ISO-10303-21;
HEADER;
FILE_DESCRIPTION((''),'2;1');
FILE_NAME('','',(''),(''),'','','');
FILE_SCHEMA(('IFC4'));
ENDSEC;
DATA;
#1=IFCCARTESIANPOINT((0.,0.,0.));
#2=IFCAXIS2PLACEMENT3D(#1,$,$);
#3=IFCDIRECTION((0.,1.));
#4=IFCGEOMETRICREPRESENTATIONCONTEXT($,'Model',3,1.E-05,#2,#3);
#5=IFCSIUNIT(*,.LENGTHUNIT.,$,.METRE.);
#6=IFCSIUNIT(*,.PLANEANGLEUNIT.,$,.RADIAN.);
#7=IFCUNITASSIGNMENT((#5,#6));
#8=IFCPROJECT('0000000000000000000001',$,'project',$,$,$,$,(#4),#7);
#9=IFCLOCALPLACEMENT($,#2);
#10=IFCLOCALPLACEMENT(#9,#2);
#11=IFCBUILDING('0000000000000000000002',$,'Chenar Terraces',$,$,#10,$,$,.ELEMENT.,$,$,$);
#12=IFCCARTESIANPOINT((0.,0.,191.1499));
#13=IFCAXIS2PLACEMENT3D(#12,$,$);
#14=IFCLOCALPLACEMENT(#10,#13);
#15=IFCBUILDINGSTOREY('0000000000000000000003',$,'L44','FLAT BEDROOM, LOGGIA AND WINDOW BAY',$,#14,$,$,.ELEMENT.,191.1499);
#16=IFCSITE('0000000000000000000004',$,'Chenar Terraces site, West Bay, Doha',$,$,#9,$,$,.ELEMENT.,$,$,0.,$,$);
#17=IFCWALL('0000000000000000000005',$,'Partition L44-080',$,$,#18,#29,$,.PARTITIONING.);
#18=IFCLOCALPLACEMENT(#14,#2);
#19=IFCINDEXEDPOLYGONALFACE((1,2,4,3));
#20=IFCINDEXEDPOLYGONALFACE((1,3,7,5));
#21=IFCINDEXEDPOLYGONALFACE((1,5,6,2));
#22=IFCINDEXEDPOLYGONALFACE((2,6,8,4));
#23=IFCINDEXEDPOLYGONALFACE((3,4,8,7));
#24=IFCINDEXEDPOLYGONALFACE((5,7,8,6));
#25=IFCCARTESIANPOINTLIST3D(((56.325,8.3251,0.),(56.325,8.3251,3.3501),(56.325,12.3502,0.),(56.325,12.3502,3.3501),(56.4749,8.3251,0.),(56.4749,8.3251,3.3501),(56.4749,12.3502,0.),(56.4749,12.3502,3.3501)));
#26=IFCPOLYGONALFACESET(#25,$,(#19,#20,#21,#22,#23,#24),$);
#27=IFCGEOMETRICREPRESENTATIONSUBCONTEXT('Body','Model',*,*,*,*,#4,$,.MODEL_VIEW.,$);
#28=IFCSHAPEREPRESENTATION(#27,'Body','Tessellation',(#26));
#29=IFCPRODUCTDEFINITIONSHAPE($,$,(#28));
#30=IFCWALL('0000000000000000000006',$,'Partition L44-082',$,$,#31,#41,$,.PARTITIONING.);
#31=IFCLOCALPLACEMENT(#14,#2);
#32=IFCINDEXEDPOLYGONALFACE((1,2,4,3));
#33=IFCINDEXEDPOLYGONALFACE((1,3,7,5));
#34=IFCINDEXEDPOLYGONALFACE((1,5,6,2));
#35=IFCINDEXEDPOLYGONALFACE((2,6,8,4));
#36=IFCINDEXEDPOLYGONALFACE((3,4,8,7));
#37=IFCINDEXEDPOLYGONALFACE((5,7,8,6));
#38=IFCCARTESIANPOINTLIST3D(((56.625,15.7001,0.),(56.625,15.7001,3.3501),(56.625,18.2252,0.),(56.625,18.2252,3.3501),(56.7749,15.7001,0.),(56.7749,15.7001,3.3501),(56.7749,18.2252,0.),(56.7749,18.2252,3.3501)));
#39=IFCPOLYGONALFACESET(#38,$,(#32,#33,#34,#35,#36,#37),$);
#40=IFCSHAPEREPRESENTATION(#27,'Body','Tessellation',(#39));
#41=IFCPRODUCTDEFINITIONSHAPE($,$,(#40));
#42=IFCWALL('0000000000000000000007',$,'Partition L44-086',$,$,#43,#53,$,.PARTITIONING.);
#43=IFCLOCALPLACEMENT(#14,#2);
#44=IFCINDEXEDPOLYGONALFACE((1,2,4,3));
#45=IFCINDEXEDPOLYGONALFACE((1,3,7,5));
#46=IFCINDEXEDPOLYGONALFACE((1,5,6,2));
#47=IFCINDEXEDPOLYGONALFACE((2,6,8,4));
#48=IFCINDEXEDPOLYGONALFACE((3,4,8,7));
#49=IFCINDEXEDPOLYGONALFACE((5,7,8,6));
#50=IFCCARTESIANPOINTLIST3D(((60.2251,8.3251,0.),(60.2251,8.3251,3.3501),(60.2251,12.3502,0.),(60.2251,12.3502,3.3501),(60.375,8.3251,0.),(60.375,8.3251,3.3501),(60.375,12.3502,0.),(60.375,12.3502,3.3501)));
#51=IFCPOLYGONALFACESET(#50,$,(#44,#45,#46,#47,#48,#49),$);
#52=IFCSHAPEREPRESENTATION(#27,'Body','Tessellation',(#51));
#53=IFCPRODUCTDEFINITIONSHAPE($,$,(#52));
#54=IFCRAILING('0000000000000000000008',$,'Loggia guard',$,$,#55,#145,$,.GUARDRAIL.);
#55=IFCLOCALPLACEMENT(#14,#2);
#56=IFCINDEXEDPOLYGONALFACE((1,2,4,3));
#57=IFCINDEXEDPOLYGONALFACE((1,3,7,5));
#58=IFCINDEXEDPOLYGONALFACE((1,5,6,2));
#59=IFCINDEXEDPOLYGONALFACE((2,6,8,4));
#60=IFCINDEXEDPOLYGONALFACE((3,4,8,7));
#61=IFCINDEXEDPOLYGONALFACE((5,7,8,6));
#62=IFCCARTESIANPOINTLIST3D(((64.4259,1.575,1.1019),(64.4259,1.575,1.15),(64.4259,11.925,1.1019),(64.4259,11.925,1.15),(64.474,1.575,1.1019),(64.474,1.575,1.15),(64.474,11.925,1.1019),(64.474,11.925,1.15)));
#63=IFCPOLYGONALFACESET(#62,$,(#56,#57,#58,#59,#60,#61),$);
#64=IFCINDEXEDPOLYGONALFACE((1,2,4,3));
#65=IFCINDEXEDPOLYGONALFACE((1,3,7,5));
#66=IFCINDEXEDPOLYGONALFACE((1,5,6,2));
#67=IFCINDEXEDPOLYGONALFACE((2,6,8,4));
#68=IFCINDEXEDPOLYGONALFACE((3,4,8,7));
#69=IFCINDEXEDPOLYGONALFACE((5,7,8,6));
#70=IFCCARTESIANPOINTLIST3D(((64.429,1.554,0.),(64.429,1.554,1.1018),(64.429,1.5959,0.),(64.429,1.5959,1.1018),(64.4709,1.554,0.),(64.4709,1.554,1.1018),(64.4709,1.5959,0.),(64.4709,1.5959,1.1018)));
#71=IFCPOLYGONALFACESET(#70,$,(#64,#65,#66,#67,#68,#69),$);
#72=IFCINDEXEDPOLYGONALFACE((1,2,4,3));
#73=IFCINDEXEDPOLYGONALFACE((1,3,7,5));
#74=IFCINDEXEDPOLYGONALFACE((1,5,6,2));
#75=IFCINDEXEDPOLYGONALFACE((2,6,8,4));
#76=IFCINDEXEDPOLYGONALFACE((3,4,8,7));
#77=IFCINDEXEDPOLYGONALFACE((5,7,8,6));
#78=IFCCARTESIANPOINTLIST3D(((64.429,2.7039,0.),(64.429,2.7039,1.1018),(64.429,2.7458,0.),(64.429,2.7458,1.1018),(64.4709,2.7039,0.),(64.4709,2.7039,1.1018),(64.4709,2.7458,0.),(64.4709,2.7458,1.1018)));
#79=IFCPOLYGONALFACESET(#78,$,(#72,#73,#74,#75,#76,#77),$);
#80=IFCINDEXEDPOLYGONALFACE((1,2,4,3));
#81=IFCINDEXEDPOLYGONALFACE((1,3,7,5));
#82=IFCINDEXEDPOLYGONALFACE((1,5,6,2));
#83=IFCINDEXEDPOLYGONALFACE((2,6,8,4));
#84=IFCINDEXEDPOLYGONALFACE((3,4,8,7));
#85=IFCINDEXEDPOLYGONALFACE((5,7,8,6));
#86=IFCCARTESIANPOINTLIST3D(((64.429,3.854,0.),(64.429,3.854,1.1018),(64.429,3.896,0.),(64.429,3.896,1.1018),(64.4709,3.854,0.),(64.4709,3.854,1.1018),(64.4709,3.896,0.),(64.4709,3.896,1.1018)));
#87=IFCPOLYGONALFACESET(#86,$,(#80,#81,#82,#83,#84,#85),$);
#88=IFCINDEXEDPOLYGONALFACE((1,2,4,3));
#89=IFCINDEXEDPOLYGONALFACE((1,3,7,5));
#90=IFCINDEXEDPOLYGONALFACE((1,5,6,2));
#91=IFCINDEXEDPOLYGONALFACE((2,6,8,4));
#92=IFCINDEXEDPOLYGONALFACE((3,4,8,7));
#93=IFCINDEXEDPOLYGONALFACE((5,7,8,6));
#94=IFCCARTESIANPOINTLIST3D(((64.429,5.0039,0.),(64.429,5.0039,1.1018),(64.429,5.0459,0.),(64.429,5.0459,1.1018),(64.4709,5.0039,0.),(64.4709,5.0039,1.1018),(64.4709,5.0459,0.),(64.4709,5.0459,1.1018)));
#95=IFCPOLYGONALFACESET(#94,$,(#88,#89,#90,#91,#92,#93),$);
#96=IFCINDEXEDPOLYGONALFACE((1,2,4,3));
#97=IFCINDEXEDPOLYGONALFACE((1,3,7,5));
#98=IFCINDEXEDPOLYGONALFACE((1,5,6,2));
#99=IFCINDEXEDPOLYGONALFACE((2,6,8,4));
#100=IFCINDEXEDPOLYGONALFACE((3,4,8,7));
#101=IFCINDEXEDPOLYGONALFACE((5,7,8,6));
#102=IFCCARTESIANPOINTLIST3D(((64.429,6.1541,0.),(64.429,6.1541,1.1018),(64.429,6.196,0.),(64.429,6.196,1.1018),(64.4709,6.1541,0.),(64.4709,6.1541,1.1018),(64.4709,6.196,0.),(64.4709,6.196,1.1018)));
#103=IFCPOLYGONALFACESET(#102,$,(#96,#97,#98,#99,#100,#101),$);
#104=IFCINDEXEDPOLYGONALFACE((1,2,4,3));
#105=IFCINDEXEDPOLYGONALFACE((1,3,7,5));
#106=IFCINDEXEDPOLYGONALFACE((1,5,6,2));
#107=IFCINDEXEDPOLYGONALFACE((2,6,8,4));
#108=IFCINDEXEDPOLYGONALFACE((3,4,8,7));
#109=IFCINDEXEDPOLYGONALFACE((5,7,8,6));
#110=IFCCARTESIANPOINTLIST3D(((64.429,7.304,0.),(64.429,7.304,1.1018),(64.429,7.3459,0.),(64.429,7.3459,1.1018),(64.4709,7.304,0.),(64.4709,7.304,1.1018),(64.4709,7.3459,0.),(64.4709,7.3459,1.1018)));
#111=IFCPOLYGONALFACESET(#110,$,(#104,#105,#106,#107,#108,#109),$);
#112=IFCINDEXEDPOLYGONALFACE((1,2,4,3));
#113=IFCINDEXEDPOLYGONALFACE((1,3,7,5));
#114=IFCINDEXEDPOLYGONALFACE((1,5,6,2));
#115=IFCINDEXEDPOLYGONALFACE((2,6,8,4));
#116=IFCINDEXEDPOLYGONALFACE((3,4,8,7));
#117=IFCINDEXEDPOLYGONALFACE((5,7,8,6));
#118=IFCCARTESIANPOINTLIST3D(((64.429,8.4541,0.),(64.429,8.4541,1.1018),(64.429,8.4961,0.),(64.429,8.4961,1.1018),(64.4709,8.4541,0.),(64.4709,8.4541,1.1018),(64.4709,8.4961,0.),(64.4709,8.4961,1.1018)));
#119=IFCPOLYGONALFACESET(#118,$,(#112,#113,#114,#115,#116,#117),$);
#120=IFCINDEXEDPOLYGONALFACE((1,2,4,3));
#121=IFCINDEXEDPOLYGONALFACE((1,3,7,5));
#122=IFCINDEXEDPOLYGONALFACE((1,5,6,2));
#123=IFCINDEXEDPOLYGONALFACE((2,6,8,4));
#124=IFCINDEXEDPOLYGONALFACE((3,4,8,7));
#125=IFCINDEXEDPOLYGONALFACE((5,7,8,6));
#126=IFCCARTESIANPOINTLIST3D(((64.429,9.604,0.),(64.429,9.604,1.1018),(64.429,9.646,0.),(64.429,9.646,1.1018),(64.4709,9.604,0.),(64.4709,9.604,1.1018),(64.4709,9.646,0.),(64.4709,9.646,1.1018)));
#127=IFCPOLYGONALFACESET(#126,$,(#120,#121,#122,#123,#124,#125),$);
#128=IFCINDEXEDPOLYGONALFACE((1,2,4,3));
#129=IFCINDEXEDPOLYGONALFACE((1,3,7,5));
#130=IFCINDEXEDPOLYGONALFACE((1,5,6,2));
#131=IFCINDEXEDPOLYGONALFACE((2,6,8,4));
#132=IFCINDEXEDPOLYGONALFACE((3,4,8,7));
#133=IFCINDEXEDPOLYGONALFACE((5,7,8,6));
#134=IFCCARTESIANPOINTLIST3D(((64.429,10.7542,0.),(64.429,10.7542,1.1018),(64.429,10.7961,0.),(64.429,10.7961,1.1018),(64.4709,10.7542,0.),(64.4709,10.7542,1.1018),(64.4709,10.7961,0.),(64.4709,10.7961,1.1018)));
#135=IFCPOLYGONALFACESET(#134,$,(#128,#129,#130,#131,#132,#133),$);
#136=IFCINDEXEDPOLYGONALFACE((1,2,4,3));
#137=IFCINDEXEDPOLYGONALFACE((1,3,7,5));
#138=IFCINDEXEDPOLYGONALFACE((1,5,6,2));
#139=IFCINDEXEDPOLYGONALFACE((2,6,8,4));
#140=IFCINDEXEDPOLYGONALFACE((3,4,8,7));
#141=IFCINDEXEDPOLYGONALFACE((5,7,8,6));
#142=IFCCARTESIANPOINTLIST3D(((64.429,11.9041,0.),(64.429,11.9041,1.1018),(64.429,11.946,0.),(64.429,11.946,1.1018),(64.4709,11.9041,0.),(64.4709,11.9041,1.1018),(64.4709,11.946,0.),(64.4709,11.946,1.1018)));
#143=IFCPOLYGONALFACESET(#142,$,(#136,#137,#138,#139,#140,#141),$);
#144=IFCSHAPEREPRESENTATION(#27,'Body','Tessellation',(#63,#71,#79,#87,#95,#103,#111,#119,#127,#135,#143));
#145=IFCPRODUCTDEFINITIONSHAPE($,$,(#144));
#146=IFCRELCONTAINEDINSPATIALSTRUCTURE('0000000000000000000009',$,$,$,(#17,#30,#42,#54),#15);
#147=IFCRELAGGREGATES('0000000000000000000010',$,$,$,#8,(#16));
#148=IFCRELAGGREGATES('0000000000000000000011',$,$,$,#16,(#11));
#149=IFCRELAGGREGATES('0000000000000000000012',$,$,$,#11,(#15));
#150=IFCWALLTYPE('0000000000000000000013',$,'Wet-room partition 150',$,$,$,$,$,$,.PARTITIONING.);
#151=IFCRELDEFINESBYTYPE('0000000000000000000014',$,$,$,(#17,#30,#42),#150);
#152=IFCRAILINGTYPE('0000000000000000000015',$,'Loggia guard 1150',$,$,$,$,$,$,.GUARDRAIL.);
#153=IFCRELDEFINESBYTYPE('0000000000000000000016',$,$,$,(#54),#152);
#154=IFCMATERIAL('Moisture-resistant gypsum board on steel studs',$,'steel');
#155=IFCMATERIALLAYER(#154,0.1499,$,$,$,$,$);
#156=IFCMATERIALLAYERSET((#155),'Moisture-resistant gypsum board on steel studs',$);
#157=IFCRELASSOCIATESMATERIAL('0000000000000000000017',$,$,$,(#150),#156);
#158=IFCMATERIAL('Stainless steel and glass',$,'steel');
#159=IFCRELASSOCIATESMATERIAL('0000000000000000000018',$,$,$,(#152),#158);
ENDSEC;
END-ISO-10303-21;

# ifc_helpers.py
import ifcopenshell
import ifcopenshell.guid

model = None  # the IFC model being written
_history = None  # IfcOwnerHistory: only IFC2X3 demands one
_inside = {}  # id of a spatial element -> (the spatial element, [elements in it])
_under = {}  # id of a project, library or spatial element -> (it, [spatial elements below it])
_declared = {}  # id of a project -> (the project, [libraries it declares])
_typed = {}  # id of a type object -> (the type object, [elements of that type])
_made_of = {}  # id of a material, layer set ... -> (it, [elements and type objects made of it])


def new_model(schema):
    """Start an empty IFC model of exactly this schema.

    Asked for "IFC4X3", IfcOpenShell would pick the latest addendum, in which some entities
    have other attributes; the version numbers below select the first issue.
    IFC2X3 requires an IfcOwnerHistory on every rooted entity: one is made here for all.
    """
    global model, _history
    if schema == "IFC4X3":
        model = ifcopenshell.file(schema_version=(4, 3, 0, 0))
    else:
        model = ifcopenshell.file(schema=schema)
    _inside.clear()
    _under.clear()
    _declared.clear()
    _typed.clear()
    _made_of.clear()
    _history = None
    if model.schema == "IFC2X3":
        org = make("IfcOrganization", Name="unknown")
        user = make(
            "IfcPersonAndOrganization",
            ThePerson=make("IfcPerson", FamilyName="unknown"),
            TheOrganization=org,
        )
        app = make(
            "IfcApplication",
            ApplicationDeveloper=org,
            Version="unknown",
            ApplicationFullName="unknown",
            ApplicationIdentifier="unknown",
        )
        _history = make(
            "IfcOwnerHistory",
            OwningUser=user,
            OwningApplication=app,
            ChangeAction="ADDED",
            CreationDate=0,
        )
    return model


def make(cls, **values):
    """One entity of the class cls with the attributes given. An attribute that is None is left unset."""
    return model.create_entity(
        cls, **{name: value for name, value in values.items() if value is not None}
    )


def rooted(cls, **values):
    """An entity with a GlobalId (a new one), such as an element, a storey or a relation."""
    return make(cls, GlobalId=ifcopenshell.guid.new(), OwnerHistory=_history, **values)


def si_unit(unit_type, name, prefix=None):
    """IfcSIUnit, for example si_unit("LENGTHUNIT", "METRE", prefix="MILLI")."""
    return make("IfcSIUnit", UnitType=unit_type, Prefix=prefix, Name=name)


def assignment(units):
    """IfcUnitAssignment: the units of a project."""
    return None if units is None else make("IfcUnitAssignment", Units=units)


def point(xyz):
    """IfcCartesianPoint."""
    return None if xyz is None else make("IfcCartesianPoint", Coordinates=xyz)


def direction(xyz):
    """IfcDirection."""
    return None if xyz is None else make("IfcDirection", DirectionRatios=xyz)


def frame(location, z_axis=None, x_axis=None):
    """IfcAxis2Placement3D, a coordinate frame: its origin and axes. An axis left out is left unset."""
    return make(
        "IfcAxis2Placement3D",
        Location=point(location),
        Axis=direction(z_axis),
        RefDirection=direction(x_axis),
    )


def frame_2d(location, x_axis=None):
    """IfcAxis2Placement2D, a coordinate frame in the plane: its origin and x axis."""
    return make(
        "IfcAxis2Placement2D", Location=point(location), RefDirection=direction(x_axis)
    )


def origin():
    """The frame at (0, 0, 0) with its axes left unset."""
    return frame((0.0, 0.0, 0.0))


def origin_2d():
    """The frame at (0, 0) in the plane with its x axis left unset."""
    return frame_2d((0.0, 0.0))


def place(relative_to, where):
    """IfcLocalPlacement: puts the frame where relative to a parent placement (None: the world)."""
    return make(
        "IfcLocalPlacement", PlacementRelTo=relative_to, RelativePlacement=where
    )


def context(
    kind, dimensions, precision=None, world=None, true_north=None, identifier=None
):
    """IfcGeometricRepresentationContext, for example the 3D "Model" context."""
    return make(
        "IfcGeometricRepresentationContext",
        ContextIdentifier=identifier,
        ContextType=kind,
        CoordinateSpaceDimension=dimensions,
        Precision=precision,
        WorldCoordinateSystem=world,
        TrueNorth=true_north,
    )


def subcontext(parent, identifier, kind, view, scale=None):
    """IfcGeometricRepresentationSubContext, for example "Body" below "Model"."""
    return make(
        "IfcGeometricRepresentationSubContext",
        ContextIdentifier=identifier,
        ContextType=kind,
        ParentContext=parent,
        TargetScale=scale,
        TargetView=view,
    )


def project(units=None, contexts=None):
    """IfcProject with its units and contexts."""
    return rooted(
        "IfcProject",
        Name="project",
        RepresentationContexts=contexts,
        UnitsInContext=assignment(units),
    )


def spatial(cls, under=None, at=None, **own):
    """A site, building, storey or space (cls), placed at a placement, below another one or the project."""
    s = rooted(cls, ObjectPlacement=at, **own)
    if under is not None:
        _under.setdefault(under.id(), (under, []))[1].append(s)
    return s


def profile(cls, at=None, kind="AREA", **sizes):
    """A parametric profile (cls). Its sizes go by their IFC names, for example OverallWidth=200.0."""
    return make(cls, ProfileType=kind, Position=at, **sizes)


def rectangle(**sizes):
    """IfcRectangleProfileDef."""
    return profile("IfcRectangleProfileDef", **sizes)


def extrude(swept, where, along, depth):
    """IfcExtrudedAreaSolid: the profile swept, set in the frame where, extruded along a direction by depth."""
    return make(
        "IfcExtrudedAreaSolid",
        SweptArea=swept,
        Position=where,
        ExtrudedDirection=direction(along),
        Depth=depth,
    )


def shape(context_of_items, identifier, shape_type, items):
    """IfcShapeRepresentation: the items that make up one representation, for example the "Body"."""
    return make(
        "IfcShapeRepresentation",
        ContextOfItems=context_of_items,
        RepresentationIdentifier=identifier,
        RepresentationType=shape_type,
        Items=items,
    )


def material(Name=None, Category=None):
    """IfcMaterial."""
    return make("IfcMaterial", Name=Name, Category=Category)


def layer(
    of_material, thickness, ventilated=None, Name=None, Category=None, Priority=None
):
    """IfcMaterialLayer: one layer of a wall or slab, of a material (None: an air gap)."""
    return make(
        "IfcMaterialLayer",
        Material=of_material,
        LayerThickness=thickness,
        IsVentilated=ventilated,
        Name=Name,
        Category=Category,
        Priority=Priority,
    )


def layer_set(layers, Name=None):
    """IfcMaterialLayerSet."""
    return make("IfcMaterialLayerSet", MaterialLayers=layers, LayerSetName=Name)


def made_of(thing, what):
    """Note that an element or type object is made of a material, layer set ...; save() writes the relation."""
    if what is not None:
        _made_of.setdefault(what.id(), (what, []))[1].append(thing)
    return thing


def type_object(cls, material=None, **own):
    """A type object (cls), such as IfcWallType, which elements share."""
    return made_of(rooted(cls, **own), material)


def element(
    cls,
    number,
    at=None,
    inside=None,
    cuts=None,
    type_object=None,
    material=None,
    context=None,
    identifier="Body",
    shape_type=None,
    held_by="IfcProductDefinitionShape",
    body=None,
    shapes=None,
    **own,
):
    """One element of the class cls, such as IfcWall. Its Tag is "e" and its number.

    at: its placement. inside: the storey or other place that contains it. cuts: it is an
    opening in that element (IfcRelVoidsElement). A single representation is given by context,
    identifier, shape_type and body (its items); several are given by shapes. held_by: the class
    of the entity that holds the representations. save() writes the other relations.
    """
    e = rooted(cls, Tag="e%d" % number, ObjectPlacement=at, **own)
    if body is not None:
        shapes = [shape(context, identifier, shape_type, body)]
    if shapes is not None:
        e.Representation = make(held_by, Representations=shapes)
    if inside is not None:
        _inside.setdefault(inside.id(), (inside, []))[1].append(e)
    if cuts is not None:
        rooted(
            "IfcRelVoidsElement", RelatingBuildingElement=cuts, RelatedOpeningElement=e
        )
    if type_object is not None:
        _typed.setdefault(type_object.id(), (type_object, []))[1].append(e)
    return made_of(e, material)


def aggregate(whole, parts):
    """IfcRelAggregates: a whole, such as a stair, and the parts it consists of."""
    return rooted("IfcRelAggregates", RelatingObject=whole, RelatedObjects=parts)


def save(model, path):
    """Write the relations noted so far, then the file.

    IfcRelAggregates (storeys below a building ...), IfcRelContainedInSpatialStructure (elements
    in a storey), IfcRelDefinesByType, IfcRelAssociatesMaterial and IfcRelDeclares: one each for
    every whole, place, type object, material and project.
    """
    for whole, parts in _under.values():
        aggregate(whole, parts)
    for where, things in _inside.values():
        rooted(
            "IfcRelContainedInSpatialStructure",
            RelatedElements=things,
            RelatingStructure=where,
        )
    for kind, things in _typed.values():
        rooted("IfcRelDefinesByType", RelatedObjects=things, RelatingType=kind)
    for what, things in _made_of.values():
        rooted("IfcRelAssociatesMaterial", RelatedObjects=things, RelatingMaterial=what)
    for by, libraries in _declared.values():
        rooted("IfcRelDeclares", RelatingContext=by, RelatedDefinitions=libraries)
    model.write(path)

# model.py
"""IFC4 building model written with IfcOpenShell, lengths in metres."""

from ifc_helpers import new_model, si_unit, direction, frame, frame_2d, origin, origin_2d, place, context, subcontext, project, spatial, rectangle, extrude, material, layer, layer_set, type_object, element, save


model = new_model("IFC4")

# Units and contexts
model_context = context("Model", 3, precision=1e-05, world=origin(), true_north=direction((0.0, 1.0)))
body_context = subcontext(model_context, "Body", "Model", "MODEL_VIEW")
ifc_project = project(units=[si_unit("LENGTHUNIT", "METRE"), si_unit("PLANEANGLEUNIT", "RADIAN")], contexts=[model_context])

# Site, building, storey
site_placement = place(None, origin())
site = spatial("IfcSite", under=ifc_project, at=site_placement, Name="Chenar Terraces site, West Bay, Doha", CompositionType="ELEMENT", RefElevation=0.0)
building_placement = place(site_placement, origin())
building = spatial("IfcBuilding", under=site, at=building_placement, Name="Chenar Terraces", CompositionType="ELEMENT")
storey_placement = place(building_placement, frame((0.0, 0.0, 191.1499)))
storey = spatial("IfcBuildingStorey", under=building, at=storey_placement, Name="L44", Description="FLAT BEDROOM, LOGGIA AND WINDOW BAY", CompositionType="ELEMENT", Elevation=191.1499)

# Shared definitions
ifc_material_1 = material(Name="Moisture-resistant gypsum board on steel studs", Category="steel")
ifc_layer_1 = layer(ifc_material_1, 0.1499)
ifc_layer_set_1 = layer_set([ifc_layer_1], Name="Moisture-resistant gypsum board on steel studs")
wall_type_1 = type_object("IfcWallType", Name="Wet-room partition 150", PredefinedType="PARTITIONING", material=ifc_layer_set_1)

# Walls
wall_1_placement = place(storey_placement, frame((56.3999, 8.325, 0.0), z_axis=(0.0, 0.0, 1.0), x_axis=(0.0, 1.0, 0.0)))
element("IfcWall", 1, at=wall_1_placement, inside=storey, type_object=wall_type_1, Name="Partition L44-080", PredefinedType="PARTITIONING", context=body_context, shape_type="SweptSolid", body=[
    extrude(rectangle(XDim=4.0251, YDim=0.1499, at=frame_2d((2.0127, 0.0))), origin(), (0.0, 0.0, 1.0), 3.3501),
])
wall_2_placement = place(storey_placement, frame((56.7, 15.7, 0.0), z_axis=(0.0, 0.0, 1.0), x_axis=(0.0, 1.0, 0.0)))
element("IfcWall", 2, at=wall_2_placement, inside=storey, type_object=wall_type_1, Name="Partition L44-082", PredefinedType="PARTITIONING", context=body_context, shape_type="SweptSolid", body=[
    extrude(rectangle(XDim=2.5251, YDim=0.1499, at=frame_2d((1.2627, 0.0))), origin(), (0.0, 0.0, 1.0), 3.3501),
])
wall_3_placement = place(storey_placement, frame((60.3, 8.325, 0.0), z_axis=(0.0, 0.0, 1.0), x_axis=(0.0, 1.0, 0.0)))
element("IfcWall", 3, at=wall_3_placement, inside=storey, type_object=wall_type_1, Name="Partition L44-086", PredefinedType="PARTITIONING", context=body_context, shape_type="SweptSolid", body=[
    extrude(rectangle(XDim=4.0251, YDim=0.1499, at=frame_2d((2.0127, 0.0))), origin(), (0.0, 0.0, 1.0), 3.3501),
])

# Railing
ifc_material_2 = material(Name="Stainless steel and glass", Category="steel")
railing_type = type_object("IfcRailingType", Name="Loggia guard 1150", PredefinedType="GUARDRAIL", material=ifc_material_2)
railing_placement = place(storey_placement, frame((64.45, 1.575, 0.0)))
element("IfcRailing", 4, at=railing_placement, inside=storey, type_object=railing_type, Name="Loggia guard", PredefinedType="GUARDRAIL", context=body_context, shape_type="SweptSolid", body=[
    extrude(rectangle(XDim=0.0481, YDim=0.0481, at=origin_2d()), frame((0.0, 0.0, 1.126), z_axis=(0.0, 1.0, 0.0), x_axis=(-1.0, 0.0, 0.0)), (0.0, 0.0, 1.0), 10.3501),
    extrude(rectangle(XDim=0.042, YDim=0.042, at=origin_2d()), origin(), (0.0, 0.0, 1.0), 1.1018),
    extrude(rectangle(XDim=0.042, YDim=0.042, at=origin_2d()), frame((0.0, 1.1499, 0.0)), (0.0, 0.0, 1.0), 1.1018),
    extrude(rectangle(XDim=0.042, YDim=0.042, at=origin_2d()), frame((0.0, 2.3, 0.0)), (0.0, 0.0, 1.0), 1.1018),
    extrude(rectangle(XDim=0.042, YDim=0.042, at=origin_2d()), frame((0.0, 3.45, 0.0)), (0.0, 0.0, 1.0), 1.1018),
    extrude(rectangle(XDim=0.042, YDim=0.042, at=origin_2d()), frame((0.0, 4.6001, 0.0)), (0.0, 0.0, 1.0), 1.1018),
    extrude(rectangle(XDim=0.042, YDim=0.042, at=origin_2d()), frame((0.0, 5.75, 0.0)), (0.0, 0.0, 1.0), 1.1018),
    extrude(rectangle(XDim=0.042, YDim=0.042, at=origin_2d()), frame((0.0, 6.9001, 0.0)), (0.0, 0.0, 1.0), 1.1018),
    extrude(rectangle(XDim=0.042, YDim=0.042, at=origin_2d()), frame((0.0, 8.05, 0.0)), (0.0, 0.0, 1.0), 1.1018),
    extrude(rectangle(XDim=0.042, YDim=0.042, at=origin_2d()), frame((0.0, 9.2002, 0.0)), (0.0, 0.0, 1.0), 1.1018),
    extrude(rectangle(XDim=0.042, YDim=0.042, at=origin_2d()), frame((0.0, 10.3501, 0.0)), (0.0, 0.0, 1.0), 1.1018),
])

save(model, "model.ifc")
